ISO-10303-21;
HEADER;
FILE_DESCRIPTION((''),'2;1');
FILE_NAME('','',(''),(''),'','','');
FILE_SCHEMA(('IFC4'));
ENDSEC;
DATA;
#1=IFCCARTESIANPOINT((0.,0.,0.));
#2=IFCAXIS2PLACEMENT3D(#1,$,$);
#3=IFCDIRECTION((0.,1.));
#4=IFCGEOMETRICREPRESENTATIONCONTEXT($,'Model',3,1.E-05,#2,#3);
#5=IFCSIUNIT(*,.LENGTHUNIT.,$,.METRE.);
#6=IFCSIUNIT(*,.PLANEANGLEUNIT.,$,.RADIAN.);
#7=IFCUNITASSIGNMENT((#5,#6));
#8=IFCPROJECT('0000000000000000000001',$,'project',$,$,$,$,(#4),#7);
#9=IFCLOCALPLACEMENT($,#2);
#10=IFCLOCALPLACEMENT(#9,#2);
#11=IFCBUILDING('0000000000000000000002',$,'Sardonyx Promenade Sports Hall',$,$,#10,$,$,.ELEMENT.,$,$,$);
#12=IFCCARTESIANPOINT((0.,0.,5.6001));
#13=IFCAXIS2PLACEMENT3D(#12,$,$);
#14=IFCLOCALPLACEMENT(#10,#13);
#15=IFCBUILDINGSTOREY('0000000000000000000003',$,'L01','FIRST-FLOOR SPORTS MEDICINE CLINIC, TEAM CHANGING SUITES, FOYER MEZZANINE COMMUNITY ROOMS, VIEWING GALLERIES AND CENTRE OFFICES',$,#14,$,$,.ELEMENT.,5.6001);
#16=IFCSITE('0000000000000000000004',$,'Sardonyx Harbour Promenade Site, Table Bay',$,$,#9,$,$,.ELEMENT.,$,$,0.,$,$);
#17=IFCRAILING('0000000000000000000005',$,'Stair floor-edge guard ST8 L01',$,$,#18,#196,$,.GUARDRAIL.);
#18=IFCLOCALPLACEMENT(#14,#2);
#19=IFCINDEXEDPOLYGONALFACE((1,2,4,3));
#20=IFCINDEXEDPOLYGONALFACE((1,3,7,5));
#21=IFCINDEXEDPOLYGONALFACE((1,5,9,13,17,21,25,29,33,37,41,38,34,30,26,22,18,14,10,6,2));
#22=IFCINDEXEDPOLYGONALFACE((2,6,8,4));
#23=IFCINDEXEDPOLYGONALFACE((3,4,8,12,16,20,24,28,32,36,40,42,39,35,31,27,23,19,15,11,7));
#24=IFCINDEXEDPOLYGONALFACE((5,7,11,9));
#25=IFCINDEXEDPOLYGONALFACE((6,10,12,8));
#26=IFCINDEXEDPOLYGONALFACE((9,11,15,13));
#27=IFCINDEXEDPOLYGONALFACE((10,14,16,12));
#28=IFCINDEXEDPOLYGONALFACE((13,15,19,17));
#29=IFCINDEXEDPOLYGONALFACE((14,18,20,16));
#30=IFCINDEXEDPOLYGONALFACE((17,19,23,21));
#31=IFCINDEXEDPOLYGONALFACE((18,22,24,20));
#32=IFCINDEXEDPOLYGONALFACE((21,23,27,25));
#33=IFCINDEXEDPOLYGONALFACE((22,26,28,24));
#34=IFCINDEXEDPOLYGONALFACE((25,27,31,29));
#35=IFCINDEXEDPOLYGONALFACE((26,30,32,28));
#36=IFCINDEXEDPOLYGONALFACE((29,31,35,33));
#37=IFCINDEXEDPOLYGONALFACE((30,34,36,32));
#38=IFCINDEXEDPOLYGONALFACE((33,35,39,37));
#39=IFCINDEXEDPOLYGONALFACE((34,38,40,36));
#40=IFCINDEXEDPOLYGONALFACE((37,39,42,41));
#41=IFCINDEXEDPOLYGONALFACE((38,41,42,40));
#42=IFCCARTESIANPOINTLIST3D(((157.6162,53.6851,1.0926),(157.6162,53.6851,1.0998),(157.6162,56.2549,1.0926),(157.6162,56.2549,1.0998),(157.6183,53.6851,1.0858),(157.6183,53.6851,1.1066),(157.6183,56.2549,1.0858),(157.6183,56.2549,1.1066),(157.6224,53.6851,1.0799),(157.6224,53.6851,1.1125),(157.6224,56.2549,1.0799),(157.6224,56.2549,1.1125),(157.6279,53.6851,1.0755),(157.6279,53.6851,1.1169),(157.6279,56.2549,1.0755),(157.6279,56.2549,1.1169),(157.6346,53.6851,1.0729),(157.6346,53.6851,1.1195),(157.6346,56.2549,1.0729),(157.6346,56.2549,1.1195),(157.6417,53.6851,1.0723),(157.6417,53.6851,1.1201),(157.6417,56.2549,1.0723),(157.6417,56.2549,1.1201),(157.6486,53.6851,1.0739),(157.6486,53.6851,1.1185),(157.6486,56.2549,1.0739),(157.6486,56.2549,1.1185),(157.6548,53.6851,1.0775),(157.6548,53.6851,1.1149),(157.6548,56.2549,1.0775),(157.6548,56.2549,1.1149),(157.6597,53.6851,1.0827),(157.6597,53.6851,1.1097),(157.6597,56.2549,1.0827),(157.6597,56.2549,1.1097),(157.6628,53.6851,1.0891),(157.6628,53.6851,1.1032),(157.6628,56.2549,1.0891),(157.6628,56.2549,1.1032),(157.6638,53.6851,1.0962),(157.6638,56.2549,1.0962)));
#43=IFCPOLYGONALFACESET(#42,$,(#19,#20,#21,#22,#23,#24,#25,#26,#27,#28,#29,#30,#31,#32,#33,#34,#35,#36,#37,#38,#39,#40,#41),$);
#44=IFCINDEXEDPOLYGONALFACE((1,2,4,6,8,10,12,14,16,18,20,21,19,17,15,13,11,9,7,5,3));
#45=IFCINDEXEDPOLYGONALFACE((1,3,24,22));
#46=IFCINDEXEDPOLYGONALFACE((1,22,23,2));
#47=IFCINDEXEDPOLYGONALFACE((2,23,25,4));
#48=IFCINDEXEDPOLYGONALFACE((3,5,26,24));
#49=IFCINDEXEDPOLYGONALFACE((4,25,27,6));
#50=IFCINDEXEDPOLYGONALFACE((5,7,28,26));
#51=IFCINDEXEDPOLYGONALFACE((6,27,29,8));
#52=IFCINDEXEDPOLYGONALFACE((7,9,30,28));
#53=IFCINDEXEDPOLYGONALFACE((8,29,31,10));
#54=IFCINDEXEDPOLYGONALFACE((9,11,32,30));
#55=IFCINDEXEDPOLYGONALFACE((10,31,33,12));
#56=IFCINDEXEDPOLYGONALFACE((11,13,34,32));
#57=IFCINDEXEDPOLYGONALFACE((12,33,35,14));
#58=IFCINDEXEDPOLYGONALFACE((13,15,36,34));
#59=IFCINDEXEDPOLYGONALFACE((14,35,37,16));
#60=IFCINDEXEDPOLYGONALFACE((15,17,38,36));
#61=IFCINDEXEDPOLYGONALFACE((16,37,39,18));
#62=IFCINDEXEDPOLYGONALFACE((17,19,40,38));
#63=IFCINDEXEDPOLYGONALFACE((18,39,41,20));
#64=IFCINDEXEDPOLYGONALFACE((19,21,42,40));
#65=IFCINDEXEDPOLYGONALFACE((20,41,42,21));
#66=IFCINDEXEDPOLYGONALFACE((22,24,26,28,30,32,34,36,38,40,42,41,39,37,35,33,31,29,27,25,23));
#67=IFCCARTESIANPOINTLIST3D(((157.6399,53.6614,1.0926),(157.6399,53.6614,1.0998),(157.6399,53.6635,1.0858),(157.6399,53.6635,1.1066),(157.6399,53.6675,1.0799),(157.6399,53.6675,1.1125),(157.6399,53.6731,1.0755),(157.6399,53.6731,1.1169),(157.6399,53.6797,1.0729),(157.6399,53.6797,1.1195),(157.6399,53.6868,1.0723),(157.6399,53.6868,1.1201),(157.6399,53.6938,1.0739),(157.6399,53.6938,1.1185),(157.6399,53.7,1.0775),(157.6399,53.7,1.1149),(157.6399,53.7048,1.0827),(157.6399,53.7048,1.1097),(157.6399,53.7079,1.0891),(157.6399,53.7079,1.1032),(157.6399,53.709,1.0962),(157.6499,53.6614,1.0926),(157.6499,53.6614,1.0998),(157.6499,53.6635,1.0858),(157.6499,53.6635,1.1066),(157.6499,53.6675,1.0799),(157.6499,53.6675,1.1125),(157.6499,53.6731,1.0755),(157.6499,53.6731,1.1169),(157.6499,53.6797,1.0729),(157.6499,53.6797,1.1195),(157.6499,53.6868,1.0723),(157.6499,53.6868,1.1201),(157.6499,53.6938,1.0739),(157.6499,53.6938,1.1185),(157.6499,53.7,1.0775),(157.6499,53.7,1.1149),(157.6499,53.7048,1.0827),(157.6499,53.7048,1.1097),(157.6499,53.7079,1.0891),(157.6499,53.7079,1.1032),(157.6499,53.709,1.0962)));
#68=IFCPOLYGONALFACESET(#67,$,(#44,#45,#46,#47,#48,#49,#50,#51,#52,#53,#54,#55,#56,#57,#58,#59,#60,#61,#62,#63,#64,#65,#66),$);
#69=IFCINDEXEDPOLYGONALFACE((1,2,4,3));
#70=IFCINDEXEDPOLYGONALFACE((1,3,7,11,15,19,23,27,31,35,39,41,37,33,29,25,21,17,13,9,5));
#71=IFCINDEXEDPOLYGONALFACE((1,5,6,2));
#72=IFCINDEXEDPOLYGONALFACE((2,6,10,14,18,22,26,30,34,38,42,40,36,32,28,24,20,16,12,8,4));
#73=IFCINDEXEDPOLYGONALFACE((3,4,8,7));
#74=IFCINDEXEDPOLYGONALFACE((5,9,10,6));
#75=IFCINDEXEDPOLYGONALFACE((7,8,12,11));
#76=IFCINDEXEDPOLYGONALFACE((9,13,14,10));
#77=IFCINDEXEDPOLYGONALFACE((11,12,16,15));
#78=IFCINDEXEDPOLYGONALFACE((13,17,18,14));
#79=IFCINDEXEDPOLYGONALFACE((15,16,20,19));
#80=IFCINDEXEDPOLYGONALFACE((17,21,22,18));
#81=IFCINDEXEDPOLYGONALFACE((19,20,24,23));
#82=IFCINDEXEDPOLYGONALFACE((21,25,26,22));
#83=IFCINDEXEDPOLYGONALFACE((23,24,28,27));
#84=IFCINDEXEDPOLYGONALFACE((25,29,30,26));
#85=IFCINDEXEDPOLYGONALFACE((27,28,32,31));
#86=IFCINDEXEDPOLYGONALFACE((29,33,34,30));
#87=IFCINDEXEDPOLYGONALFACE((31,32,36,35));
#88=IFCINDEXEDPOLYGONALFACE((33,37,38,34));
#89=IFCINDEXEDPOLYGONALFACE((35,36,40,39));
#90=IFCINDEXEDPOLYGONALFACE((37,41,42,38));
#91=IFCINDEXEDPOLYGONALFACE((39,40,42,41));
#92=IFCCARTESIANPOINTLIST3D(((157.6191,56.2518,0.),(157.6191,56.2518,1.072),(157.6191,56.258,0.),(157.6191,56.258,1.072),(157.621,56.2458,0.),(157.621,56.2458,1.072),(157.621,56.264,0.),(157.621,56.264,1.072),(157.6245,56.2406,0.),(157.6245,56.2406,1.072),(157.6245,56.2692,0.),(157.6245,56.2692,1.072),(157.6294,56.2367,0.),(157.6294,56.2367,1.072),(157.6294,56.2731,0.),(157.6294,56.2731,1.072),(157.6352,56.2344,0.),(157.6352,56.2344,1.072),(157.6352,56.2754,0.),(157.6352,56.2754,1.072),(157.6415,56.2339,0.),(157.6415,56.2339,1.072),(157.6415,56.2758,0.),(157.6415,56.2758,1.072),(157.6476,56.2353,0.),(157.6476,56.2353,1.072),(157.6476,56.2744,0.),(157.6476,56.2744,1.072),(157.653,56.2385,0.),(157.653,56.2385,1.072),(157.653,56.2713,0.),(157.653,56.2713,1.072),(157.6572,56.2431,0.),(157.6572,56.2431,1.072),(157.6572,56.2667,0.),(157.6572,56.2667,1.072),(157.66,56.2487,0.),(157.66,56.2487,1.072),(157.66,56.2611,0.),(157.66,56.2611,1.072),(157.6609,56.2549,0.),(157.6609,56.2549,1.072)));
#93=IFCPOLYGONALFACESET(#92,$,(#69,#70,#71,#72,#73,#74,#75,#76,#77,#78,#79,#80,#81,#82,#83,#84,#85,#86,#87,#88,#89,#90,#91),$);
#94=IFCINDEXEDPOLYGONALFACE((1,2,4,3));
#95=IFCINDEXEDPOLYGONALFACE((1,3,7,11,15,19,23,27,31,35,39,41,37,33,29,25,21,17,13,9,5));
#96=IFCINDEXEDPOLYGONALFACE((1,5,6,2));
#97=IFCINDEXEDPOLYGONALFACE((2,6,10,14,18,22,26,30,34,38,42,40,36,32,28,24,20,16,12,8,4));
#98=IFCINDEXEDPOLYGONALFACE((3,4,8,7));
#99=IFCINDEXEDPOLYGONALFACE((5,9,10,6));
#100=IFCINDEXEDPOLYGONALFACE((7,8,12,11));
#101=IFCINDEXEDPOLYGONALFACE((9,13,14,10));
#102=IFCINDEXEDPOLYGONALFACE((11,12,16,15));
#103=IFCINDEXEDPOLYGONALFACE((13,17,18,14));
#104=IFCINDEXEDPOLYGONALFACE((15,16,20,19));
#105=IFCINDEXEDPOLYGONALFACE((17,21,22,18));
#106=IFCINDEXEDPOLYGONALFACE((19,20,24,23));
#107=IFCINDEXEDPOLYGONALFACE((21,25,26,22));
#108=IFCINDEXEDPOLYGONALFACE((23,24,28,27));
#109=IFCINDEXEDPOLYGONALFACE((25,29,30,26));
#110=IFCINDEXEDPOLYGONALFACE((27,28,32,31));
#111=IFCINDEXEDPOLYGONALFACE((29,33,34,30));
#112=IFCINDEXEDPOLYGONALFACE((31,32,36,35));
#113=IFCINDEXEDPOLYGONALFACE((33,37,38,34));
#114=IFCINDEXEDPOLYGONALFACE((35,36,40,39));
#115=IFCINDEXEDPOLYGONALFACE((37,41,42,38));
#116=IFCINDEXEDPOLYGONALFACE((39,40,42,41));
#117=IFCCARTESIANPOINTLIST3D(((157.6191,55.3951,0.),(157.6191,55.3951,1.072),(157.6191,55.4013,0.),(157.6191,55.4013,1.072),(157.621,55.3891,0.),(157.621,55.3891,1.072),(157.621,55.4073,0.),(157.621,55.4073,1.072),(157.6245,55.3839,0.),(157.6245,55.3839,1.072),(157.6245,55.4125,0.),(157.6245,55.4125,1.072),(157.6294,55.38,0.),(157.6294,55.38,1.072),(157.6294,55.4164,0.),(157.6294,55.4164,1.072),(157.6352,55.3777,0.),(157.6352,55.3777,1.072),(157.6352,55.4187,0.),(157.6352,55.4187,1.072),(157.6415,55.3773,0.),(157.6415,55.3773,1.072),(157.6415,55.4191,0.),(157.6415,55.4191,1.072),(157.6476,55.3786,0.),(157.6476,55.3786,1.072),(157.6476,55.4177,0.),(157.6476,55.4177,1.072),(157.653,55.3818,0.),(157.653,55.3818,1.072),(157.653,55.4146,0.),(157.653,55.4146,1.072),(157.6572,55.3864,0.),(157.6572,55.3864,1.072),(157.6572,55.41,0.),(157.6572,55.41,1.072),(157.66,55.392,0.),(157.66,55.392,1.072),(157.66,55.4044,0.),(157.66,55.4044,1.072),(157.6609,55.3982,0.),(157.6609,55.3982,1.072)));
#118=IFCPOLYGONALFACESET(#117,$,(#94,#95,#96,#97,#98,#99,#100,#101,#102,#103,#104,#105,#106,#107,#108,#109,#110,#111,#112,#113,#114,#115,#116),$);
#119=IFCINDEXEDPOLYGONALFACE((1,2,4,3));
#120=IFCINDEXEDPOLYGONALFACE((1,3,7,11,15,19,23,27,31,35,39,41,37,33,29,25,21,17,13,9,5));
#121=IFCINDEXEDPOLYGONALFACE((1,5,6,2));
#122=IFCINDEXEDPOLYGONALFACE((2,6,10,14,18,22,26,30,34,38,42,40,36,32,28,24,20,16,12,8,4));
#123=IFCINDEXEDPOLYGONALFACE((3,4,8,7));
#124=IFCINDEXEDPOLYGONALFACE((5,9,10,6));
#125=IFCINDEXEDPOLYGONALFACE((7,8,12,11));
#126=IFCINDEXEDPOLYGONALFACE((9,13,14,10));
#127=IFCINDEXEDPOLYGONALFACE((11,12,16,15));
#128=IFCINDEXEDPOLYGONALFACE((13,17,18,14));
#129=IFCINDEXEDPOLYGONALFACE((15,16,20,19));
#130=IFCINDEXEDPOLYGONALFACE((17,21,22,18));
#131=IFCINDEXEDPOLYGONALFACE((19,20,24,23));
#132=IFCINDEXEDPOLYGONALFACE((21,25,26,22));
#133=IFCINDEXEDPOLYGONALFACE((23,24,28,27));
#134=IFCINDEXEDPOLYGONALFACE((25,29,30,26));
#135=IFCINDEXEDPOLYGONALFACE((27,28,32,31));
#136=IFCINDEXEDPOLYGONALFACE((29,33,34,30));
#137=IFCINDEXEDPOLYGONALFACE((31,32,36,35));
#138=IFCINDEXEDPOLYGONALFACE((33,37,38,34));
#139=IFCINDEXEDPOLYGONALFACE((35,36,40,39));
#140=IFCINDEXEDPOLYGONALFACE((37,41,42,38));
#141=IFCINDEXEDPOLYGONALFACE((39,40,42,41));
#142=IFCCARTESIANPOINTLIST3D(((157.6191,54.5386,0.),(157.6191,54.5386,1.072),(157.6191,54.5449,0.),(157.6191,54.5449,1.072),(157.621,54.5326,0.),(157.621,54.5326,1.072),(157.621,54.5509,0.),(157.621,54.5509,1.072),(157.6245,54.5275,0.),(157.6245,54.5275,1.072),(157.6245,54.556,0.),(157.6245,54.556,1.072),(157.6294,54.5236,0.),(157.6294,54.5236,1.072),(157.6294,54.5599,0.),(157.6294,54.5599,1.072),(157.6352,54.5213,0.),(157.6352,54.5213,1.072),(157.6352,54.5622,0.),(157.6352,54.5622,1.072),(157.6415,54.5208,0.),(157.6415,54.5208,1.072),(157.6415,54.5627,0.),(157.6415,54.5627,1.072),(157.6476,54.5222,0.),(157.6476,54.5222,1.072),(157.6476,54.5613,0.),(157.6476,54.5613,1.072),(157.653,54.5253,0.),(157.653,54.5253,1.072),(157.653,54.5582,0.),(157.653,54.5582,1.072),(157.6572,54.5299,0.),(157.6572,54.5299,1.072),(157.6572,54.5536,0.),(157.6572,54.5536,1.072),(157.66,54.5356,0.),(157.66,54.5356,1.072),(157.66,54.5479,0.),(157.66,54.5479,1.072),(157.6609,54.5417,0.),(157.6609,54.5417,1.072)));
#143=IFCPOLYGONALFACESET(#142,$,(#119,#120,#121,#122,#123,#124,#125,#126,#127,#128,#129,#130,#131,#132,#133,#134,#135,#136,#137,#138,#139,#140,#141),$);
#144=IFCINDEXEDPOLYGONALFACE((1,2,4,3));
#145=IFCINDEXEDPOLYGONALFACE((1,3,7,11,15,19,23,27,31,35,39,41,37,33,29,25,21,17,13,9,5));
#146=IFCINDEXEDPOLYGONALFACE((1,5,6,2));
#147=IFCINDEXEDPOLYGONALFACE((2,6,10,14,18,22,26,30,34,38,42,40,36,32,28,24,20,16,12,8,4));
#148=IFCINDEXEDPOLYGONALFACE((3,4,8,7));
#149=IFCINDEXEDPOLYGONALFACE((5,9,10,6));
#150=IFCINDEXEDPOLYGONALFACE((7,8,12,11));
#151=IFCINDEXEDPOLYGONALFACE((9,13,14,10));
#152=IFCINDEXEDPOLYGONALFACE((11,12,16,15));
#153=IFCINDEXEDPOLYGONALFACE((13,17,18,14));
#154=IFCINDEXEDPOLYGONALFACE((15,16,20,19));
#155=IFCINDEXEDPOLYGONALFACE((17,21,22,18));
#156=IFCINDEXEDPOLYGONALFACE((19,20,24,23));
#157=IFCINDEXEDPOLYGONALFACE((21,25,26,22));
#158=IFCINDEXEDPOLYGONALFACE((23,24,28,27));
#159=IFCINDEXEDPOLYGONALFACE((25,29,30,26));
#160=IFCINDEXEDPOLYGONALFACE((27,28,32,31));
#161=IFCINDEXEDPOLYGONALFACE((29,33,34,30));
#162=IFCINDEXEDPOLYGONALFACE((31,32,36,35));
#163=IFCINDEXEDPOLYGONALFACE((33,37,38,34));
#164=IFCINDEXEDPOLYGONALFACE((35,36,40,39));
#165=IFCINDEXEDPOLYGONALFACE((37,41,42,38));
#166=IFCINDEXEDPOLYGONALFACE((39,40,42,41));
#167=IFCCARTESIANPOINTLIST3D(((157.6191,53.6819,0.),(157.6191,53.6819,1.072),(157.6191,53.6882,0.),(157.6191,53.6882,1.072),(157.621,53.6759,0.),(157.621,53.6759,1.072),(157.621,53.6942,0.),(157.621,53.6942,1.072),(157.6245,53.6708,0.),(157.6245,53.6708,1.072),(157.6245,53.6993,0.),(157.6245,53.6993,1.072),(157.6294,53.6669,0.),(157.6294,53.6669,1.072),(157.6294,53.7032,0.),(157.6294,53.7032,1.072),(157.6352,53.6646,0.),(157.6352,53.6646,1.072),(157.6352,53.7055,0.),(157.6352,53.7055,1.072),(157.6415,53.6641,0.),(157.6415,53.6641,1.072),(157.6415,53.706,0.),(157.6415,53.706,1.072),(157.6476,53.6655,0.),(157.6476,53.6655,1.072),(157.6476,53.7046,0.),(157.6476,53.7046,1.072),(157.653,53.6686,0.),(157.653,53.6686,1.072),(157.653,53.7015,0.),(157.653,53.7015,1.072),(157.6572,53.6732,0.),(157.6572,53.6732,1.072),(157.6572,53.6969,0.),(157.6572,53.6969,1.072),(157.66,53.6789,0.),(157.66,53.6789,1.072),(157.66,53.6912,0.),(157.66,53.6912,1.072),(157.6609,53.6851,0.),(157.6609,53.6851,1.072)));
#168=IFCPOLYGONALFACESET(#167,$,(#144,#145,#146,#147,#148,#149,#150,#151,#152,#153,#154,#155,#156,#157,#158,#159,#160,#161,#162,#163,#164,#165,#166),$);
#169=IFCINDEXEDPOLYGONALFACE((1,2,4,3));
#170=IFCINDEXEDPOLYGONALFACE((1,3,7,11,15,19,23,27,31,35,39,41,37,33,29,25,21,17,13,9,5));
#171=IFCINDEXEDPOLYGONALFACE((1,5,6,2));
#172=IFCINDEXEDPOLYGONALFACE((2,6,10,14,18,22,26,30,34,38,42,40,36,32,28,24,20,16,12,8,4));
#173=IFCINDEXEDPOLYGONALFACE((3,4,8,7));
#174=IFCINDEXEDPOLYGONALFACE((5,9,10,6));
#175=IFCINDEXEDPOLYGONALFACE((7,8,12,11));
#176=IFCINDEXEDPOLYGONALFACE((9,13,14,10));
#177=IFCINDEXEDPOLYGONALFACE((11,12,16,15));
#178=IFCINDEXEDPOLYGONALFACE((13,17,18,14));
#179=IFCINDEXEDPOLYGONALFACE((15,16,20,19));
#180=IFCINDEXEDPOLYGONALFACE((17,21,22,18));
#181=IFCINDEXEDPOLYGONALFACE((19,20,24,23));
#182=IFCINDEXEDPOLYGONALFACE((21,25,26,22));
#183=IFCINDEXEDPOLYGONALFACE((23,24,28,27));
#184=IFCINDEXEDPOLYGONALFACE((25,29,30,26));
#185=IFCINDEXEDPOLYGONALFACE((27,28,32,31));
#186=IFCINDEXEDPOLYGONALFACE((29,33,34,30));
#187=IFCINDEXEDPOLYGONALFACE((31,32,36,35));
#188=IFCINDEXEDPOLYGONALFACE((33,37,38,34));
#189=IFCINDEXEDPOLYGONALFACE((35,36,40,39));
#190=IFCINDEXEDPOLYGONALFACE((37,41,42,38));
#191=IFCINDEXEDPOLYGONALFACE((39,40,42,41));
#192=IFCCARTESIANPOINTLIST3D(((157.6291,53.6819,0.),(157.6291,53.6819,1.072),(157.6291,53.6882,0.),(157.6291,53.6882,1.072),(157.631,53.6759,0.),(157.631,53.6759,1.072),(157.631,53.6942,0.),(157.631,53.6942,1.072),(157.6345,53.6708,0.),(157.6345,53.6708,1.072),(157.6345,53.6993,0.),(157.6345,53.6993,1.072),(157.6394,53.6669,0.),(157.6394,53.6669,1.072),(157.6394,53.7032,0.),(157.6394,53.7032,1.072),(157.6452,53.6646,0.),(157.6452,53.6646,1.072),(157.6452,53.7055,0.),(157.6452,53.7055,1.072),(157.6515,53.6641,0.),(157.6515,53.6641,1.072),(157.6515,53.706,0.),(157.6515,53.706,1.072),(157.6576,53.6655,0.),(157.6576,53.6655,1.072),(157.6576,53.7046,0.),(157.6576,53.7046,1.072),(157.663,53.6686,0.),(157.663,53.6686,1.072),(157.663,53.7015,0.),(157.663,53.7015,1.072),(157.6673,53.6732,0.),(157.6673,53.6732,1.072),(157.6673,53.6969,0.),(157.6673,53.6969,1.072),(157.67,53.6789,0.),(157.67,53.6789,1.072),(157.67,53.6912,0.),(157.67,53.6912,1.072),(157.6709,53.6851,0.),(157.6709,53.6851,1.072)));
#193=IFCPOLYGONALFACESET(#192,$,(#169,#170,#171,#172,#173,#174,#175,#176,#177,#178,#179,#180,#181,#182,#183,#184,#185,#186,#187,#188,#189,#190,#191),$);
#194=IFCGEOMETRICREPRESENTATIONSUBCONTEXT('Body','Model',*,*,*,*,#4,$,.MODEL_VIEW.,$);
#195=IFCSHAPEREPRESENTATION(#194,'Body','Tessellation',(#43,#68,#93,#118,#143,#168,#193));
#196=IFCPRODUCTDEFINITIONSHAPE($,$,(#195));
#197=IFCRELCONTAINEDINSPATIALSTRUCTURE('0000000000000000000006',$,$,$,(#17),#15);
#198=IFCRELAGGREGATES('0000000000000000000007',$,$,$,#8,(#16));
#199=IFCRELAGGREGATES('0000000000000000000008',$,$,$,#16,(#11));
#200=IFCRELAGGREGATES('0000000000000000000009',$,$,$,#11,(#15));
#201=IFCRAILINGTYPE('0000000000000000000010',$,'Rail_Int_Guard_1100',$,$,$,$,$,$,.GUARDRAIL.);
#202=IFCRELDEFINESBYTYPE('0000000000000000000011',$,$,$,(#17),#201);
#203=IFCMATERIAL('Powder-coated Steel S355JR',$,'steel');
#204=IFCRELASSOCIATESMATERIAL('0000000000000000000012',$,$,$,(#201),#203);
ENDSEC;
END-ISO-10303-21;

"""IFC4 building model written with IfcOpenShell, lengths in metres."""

from ifc_helpers import new_model, si_unit, direction, frame, origin, origin_2d, place, context, subcontext, project, spatial, circle, extrude, material, type_object, element, save


model = new_model("IFC4")

# Units and contexts
model_context = context("Model", 3, precision=1e-05, world=origin(), true_north=direction((0.0, 1.0)))
body_context = subcontext(model_context, "Body", "Model", "MODEL_VIEW")
ifc_project = project(units=[si_unit("LENGTHUNIT", "METRE"), si_unit("PLANEANGLEUNIT", "RADIAN")], contexts=[model_context])

# Site, building, storey
site_placement = place(None, origin())
site = spatial("IfcSite", under=ifc_project, at=site_placement, Name="Sardonyx Harbour Promenade Site, Table Bay", CompositionType="ELEMENT", RefElevation=0.0)
building_placement = place(site_placement, origin())
building = spatial("IfcBuilding", under=site, at=building_placement, Name="Sardonyx Promenade Sports Hall", CompositionType="ELEMENT")
storey_placement = place(building_placement, frame((0.0, 0.0, 5.6001)))
storey = spatial("IfcBuildingStorey", under=building, at=storey_placement, Name="L01", Description="FIRST-FLOOR SPORTS MEDICINE CLINIC, TEAM CHANGING SUITES, FOYER MEZZANINE COMMUNITY ROOMS, VIEWING GALLERIES AND CENTRE OFFICES", CompositionType="ELEMENT", Elevation=5.6001)

# Railing
ifc_material_1 = material(Name="Powder-coated Steel S355JR", Category="steel")
railing_type_1 = type_object("IfcRailingType", Name="Rail_Int_Guard_1100", PredefinedType="GUARDRAIL", material=ifc_material_1)
railing_1_placement = place(storey_placement, frame((157.6399, 56.2549, 0.0)))
element("IfcRailing", 1, at=railing_1_placement, inside=storey, type_object=railing_type_1, Name="Stair floor-edge guard ST8 L01", PredefinedType="GUARDRAIL", context=body_context, shape_type="SweptSolid", body=[
    extrude(circle(Radius=0.0239, at=origin_2d()), frame((0.0, 0.0, 1.0962), z_axis=(0.0, -1.0, 0.0), x_axis=(1.0, 0.0, 0.0)), (0.0, 0.0, 1.0), 2.5698),
    extrude(circle(Radius=0.0239, at=origin_2d()), frame((0.0, -2.5698, 1.0962), z_axis=(1.0, 0.0, 0.0), x_axis=(0.0, 1.0, 0.0)), (0.0, 0.0, 1.0), 0.01),
    extrude(circle(Radius=0.021, at=origin_2d()), origin(), (0.0, 0.0, 1.0), 1.072),
    extrude(circle(Radius=0.021, at=origin_2d()), frame((0.0, -0.8567, 0.0)), (0.0, 0.0, 1.0), 1.072),
    extrude(circle(Radius=0.021, at=origin_2d()), frame((0.0, -1.7131, 0.0)), (0.0, 0.0, 1.0), 1.072),
    extrude(circle(Radius=0.021, at=origin_2d()), frame((0.0, -2.5698, 0.0)), (0.0, 0.0, 1.0), 1.072),
    extrude(circle(Radius=0.021, at=origin_2d()), frame((0.01, -2.5698, 0.0)), (0.0, 0.0, 1.0), 1.072),
])

save(model, "model.ifc")
